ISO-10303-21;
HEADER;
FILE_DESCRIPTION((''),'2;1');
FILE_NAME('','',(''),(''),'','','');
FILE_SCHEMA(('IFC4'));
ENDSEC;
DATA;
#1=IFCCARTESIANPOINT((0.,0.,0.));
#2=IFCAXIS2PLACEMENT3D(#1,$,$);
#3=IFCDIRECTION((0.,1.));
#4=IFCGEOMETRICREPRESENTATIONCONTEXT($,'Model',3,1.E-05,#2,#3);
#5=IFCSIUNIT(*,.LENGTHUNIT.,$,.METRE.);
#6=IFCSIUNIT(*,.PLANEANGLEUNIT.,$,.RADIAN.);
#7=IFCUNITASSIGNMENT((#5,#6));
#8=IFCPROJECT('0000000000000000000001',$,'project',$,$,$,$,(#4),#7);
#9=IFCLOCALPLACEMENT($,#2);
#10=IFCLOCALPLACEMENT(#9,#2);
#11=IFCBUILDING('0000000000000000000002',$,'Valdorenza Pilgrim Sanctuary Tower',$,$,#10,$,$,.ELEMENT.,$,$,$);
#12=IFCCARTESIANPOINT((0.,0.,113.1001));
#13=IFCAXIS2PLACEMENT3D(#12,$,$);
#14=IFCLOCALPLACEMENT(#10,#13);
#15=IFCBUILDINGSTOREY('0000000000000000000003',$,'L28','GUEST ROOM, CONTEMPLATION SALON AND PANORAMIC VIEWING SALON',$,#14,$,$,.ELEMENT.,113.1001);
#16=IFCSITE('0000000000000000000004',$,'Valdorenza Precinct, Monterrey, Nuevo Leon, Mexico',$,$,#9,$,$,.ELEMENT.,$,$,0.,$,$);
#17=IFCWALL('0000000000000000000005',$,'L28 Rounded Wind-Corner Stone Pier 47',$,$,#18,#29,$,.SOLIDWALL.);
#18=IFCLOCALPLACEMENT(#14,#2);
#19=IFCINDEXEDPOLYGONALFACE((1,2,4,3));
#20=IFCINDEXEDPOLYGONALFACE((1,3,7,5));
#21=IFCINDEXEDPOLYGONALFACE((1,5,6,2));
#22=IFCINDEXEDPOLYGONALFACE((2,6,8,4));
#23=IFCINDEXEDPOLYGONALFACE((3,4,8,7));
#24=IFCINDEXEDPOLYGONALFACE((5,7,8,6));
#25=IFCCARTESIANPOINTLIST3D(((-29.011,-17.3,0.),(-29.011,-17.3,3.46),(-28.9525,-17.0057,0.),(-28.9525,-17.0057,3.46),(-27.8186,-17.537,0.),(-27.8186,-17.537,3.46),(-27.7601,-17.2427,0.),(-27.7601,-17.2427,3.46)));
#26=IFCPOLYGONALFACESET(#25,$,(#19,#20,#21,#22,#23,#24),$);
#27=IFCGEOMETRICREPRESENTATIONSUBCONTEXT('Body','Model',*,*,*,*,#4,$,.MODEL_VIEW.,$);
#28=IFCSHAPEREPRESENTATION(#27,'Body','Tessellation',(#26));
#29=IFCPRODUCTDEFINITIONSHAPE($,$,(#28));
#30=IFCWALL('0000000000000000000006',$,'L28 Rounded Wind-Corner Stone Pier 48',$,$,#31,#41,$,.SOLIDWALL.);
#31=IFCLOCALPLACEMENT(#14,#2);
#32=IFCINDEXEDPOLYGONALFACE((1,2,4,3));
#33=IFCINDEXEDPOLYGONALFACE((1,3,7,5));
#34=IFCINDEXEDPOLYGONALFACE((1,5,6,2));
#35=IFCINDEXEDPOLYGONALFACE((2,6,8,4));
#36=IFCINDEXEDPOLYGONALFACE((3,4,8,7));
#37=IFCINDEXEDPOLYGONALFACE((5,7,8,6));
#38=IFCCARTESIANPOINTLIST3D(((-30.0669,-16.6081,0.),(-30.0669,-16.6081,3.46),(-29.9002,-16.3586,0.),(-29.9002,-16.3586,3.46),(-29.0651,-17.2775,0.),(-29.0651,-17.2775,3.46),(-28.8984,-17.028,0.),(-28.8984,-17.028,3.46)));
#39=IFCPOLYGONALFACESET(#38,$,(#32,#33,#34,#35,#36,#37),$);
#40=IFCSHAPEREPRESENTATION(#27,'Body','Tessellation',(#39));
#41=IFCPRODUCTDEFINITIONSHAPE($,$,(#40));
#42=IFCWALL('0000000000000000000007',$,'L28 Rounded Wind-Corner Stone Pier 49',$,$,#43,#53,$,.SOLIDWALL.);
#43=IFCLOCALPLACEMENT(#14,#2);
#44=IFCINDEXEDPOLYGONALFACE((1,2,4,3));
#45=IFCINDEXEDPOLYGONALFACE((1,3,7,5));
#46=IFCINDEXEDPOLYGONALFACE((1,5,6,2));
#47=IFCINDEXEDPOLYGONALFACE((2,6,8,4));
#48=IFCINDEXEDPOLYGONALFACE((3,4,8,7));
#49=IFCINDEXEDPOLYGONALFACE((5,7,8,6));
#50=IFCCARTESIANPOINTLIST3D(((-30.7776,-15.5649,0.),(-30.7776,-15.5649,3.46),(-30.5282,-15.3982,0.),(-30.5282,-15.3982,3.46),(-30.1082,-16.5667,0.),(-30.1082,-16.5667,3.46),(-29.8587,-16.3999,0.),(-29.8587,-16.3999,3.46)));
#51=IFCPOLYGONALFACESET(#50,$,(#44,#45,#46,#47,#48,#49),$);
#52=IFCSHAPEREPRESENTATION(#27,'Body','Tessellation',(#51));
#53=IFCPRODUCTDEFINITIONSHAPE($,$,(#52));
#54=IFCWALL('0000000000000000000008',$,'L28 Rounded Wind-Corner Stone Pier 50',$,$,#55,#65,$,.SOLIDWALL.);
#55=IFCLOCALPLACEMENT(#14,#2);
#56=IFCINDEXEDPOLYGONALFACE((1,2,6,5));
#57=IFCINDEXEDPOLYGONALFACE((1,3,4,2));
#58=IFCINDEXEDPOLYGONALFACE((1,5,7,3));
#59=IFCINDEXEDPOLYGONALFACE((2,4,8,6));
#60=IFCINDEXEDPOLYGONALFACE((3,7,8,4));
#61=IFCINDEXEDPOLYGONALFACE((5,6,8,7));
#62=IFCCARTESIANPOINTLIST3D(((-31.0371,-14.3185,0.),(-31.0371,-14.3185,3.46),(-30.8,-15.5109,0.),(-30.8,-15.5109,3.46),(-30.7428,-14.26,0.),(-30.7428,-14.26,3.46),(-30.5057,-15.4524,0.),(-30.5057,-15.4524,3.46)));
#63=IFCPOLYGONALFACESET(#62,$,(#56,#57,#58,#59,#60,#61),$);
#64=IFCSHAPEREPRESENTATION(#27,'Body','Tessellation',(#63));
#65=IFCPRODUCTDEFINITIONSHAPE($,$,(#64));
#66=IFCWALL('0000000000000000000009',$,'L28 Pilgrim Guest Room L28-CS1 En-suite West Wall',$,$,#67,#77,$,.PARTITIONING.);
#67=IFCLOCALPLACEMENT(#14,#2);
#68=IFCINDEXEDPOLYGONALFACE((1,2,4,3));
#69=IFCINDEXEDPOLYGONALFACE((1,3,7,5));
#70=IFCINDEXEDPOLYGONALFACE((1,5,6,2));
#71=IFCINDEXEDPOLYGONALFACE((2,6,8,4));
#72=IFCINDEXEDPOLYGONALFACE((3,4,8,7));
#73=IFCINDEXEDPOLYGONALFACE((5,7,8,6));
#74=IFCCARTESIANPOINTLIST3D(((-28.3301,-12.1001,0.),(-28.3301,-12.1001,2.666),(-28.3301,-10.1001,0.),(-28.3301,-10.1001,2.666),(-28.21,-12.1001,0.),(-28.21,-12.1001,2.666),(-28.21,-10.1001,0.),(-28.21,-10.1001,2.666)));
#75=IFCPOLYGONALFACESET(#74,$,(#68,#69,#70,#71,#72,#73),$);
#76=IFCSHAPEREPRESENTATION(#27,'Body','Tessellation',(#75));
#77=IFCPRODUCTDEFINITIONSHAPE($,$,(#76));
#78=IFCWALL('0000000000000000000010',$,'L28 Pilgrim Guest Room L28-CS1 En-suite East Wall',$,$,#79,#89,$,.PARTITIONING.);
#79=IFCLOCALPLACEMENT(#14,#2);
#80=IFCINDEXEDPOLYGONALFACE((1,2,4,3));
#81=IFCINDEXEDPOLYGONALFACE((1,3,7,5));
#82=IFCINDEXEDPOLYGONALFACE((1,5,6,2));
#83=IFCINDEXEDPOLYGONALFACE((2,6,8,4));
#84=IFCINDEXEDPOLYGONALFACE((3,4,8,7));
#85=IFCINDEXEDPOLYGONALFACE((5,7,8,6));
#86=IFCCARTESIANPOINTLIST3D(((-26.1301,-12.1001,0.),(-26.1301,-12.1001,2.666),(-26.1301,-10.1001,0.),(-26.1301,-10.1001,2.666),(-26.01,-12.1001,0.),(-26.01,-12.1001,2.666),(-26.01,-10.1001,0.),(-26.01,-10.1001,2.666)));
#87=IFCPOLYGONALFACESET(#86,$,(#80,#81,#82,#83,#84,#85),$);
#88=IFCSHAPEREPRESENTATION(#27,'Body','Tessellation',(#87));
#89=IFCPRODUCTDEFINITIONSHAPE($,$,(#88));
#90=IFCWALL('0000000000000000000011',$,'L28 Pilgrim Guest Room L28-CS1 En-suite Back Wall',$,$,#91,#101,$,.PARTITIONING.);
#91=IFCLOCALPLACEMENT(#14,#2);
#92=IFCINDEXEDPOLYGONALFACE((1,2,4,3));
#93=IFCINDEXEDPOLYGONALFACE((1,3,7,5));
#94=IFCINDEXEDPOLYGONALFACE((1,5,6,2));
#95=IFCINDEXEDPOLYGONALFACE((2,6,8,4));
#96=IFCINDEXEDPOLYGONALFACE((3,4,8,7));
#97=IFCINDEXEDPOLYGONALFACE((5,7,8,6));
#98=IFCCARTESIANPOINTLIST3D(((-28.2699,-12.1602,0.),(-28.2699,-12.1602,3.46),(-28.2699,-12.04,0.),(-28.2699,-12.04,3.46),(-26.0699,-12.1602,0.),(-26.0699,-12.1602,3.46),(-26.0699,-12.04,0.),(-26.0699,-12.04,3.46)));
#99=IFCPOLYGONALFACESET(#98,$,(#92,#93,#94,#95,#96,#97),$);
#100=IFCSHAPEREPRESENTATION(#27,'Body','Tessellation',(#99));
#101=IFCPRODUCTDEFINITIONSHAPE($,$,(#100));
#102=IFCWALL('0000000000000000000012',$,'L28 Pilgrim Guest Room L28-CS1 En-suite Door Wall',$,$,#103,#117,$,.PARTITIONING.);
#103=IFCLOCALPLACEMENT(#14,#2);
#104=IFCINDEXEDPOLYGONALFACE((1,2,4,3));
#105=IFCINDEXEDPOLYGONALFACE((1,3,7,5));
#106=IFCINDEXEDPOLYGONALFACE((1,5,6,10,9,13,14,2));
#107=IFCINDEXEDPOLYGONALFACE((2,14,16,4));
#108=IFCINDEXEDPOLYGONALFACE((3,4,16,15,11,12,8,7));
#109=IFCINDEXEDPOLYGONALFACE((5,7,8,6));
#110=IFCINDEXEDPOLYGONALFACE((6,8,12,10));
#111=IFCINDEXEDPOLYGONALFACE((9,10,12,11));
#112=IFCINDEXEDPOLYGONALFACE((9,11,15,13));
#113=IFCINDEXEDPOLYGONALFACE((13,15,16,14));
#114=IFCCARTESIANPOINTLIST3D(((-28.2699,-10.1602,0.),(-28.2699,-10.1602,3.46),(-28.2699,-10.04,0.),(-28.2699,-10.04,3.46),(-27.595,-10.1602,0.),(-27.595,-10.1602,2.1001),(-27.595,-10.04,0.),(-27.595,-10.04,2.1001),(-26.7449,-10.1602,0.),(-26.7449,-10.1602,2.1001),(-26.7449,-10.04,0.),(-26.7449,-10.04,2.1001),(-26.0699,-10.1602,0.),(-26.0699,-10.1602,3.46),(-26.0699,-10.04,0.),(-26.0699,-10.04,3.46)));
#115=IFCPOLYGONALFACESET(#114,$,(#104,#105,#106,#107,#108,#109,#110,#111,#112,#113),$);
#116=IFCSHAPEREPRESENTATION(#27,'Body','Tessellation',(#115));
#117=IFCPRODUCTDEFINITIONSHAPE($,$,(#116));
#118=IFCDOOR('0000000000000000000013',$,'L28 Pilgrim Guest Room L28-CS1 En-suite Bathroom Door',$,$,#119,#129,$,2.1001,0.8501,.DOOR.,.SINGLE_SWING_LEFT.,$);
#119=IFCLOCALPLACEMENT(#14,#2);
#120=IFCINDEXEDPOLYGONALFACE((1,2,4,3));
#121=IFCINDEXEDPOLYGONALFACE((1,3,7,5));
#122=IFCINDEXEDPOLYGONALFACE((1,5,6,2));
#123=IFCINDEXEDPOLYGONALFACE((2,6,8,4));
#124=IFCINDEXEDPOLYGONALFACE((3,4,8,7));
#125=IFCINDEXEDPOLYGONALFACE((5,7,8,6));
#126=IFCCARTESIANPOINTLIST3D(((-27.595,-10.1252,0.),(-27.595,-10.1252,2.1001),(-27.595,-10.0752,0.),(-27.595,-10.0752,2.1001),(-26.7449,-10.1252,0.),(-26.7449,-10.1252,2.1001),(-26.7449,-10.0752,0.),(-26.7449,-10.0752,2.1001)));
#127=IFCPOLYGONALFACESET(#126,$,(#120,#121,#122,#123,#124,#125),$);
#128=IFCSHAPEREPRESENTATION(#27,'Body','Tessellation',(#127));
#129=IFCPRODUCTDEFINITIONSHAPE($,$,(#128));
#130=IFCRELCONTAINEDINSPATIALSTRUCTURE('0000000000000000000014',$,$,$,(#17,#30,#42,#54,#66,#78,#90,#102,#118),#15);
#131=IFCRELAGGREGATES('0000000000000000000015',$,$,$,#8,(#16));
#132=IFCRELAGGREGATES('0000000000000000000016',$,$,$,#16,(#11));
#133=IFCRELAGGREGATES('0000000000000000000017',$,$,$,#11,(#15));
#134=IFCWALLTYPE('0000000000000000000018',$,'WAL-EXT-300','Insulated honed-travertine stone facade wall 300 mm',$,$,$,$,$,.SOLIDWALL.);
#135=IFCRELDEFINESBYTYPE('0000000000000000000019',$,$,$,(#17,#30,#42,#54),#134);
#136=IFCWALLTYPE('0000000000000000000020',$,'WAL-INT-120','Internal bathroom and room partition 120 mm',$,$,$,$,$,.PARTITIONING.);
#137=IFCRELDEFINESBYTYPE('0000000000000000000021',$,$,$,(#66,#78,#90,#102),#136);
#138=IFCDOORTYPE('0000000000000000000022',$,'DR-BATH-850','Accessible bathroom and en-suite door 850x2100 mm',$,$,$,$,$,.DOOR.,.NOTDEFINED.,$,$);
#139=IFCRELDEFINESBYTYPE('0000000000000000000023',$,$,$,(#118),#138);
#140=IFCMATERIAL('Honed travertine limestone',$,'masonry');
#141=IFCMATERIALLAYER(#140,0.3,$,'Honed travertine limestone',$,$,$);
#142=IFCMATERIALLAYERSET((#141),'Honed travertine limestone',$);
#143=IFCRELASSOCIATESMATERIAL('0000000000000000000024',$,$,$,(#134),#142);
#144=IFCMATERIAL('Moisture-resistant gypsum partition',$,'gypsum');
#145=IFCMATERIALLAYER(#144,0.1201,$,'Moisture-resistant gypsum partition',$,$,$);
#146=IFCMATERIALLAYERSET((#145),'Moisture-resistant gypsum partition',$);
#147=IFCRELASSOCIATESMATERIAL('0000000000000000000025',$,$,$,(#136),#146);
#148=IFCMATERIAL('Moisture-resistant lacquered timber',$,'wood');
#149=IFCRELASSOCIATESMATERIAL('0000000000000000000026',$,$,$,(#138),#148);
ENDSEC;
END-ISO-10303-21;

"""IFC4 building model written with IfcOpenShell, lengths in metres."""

from ifc_helpers import new_model, si_unit, direction, frame, frame_2d, origin, place, context, subcontext, project, spatial, rectangle, extrude, material, layer, layer_set, type_object, element, fill, save


model = new_model("IFC4")

# Units and contexts
model_context = context("Model", 3, precision=1e-05, world=origin(), true_north=direction((0.0, 1.0)))
body_context = subcontext(model_context, "Body", "Model", "MODEL_VIEW")
ifc_project = project(units=[si_unit("LENGTHUNIT", "METRE"), si_unit("PLANEANGLEUNIT", "RADIAN")], contexts=[model_context])

# Site, building, storey
site_placement = place(None, origin())
site = spatial("IfcSite", under=ifc_project, at=site_placement, Name="Valdorenza Precinct, Monterrey, Nuevo Leon, Mexico", CompositionType="ELEMENT", RefElevation=0.0)
building_placement = place(site_placement, origin())
building = spatial("IfcBuilding", under=site, at=building_placement, Name="Valdorenza Pilgrim Sanctuary Tower", CompositionType="ELEMENT")
storey_placement = place(building_placement, frame((0.0, 0.0, 113.1001)))
storey = spatial("IfcBuildingStorey", under=building, at=storey_placement, Name="L28", Description="GUEST ROOM, CONTEMPLATION SALON AND PANORAMIC VIEWING SALON", CompositionType="ELEMENT", Elevation=113.1001)

# Shared definitions
ifc_material_1 = material(Name="Honed travertine limestone", Category="masonry")

# Walls
ifc_layer_1 = layer(ifc_material_1, 0.3, Name="Honed travertine limestone")
ifc_layer_set_1 = layer_set([ifc_layer_1], Name="Honed travertine limestone")
wall_type_1 = type_object("IfcWallType", Name="WAL-EXT-300", Description="Insulated honed-travertine stone facade wall 300 mm", PredefinedType="SOLIDWALL", material=ifc_layer_set_1)
wall_1_placement = place(storey_placement, frame((-27.7893, -17.3899, 0.0), z_axis=(0.0, 0.0, 1.0), x_axis=(-0.980804, 0.194996, 0.0)))
element("IfcWall", 1, at=wall_1_placement, inside=storey, type_object=wall_type_1, Name="L28 Rounded Wind-Corner Stone Pier 47", PredefinedType="SOLIDWALL", context=body_context, shape_type="SweptSolid", body=[
    extrude(rectangle(XDim=1.2158, YDim=0.3, at=frame_2d((0.6079, 0.0))), origin(), (0.0, 0.0, 1.0), 3.46),
])
for number, where, z_axis, x_axis, name in (
    (2, (-28.9817, -17.1528, 0.0), (0.0, 0.0, 1.0), (-0.831426, 0.555635, 0.0), "L28 Rounded Wind-Corner Stone Pier 48"),
    (3, (-29.9834, -16.4834, 0.0), (0.0, 0.0, 1.0), (-0.555635, 0.831426, 0.0), "L28 Rounded Wind-Corner Stone Pier 49"),
):
    element("IfcWall", number, at=place(storey_placement, frame(where, z_axis=z_axis, x_axis=x_axis)), inside=storey, type_object=wall_type_1, Name=name, PredefinedType="SOLIDWALL", context=body_context, shape_type="SweptSolid", body=[
        extrude(rectangle(XDim=1.2048, YDim=0.3, at=frame_2d((0.6025, 0.0))), origin(), (0.0, 0.0, 1.0), 3.46),
    ])
wall_2_placement = place(storey_placement, frame((-30.6528, -15.4817, 0.0), z_axis=(0.0, 0.0, 1.0), x_axis=(-0.194996, 0.980804, 0.0)))
element("IfcWall", 4, at=wall_2_placement, inside=storey, type_object=wall_type_1, Name="L28 Rounded Wind-Corner Stone Pier 50", PredefinedType="SOLIDWALL", context=body_context, shape_type="SweptSolid", body=[
    extrude(rectangle(XDim=1.2158, YDim=0.3, at=frame_2d((0.6079, 0.0))), origin(), (0.0, 0.0, 1.0), 3.46),
])
ifc_material_2 = material(Name="Moisture-resistant gypsum partition", Category="gypsum")
ifc_layer_2 = layer(ifc_material_2, 0.1201, Name="Moisture-resistant gypsum partition")
ifc_layer_set_2 = layer_set([ifc_layer_2], Name="Moisture-resistant gypsum partition")
wall_type_2 = type_object("IfcWallType", Name="WAL-INT-120", Description="Internal bathroom and room partition 120 mm", PredefinedType="PARTITIONING", material=ifc_layer_set_2)
for number, where, z_axis, x_axis, name in (
    (5, (-28.27, -12.1001, 0.0), (0.0, 0.0, 1.0), (0.0, 1.0, 0.0), "L28 Pilgrim Guest Room L28-CS1 En-suite West Wall"),
    (6, (-26.0701, -12.1001, 0.0), (0.0, 0.0, 1.0), (0.0, 1.0, 0.0), "L28 Pilgrim Guest Room L28-CS1 En-suite East Wall"),
):
    element("IfcWall", number, at=place(storey_placement, frame(where, z_axis=z_axis, x_axis=x_axis)), inside=storey, type_object=wall_type_2, Name=name, PredefinedType="PARTITIONING", context=body_context, shape_type="SweptSolid", body=[
        extrude(rectangle(XDim=2.0, YDim=0.1201, at=frame_2d((1.0, 0.0))), origin(), (0.0, 0.0, 1.0), 2.666),
    ])
wall_3_placement = place(storey_placement, frame((-28.27, -12.1001, 0.0), z_axis=(0.0, 0.0, 1.0), x_axis=(1.0, 0.0, 0.0)))
element("IfcWall", 7, at=wall_3_placement, inside=storey, type_object=wall_type_2, Name="L28 Pilgrim Guest Room L28-CS1 En-suite Back Wall", PredefinedType="PARTITIONING", context=body_context, shape_type="SweptSolid", body=[
    extrude(rectangle(XDim=2.2, YDim=0.1201, at=frame_2d((1.1001, 0.0))), origin(), (0.0, 0.0, 1.0), 3.46),
])

# Wall, opening, door
wall_4_placement = place(storey_placement, frame((-28.27, -10.1001, 0.0), z_axis=(0.0, 0.0, 1.0), x_axis=(1.0, 0.0, 0.0)))
wall_4 = element("IfcWall", 8, at=wall_4_placement, inside=storey, type_object=wall_type_2, Name="L28 Pilgrim Guest Room L28-CS1 En-suite Door Wall", PredefinedType="PARTITIONING", context=body_context, shape_type="SweptSolid", body=[
    extrude(rectangle(XDim=2.2, YDim=0.1201, at=frame_2d((1.1001, 0.0))), origin(), (0.0, 0.0, 1.0), 3.46),
])
opening_1_placement = place(wall_4_placement, frame((0.675, 0.0, 0.0)))
opening_1 = element("IfcOpeningElement", 9, at=opening_1_placement, cuts=wall_4, PredefinedType="OPENING", context=body_context, shape_type="SweptSolid", body=[
    extrude(rectangle(XDim=0.8501, YDim=2.1001, at=frame_2d((0.425, 1.05))), frame((0.0, 0.075, 0.0), z_axis=(0.0, -1.0, 0.0), x_axis=(1.0, 0.0, 0.0)), (0.0, 0.0, 1.0), 0.1499),
])
ifc_material_3 = material(Name="Moisture-resistant lacquered timber", Category="wood")
door_type_1 = type_object("IfcDoorType", Name="DR-BATH-850", Description="Accessible bathroom and en-suite door 850x2100 mm", OperationType="NOTDEFINED", PredefinedType="DOOR", material=ifc_material_3)
door_1_placement = place(opening_1_placement, origin())
door_1 = element("IfcDoor", 10, at=door_1_placement, inside=storey, type_object=door_type_1, Name="L28 Pilgrim Guest Room L28-CS1 En-suite Bathroom Door", OperationType="SINGLE_SWING_LEFT", OverallHeight=2.1001, OverallWidth=0.8501, PredefinedType="DOOR", context=body_context, shape_type="SweptSolid", body=[
    extrude(rectangle(XDim=0.8501, YDim=2.1001, at=frame_2d((0.425, 1.05))), frame((0.0, 0.0249, 0.0), z_axis=(0.0, -1.0, 0.0), x_axis=(1.0, 0.0, 0.0)), (0.0, 0.0, 1.0), 0.05),
])
fill(opening_1, door_1)

save(model, "model.ifc")
